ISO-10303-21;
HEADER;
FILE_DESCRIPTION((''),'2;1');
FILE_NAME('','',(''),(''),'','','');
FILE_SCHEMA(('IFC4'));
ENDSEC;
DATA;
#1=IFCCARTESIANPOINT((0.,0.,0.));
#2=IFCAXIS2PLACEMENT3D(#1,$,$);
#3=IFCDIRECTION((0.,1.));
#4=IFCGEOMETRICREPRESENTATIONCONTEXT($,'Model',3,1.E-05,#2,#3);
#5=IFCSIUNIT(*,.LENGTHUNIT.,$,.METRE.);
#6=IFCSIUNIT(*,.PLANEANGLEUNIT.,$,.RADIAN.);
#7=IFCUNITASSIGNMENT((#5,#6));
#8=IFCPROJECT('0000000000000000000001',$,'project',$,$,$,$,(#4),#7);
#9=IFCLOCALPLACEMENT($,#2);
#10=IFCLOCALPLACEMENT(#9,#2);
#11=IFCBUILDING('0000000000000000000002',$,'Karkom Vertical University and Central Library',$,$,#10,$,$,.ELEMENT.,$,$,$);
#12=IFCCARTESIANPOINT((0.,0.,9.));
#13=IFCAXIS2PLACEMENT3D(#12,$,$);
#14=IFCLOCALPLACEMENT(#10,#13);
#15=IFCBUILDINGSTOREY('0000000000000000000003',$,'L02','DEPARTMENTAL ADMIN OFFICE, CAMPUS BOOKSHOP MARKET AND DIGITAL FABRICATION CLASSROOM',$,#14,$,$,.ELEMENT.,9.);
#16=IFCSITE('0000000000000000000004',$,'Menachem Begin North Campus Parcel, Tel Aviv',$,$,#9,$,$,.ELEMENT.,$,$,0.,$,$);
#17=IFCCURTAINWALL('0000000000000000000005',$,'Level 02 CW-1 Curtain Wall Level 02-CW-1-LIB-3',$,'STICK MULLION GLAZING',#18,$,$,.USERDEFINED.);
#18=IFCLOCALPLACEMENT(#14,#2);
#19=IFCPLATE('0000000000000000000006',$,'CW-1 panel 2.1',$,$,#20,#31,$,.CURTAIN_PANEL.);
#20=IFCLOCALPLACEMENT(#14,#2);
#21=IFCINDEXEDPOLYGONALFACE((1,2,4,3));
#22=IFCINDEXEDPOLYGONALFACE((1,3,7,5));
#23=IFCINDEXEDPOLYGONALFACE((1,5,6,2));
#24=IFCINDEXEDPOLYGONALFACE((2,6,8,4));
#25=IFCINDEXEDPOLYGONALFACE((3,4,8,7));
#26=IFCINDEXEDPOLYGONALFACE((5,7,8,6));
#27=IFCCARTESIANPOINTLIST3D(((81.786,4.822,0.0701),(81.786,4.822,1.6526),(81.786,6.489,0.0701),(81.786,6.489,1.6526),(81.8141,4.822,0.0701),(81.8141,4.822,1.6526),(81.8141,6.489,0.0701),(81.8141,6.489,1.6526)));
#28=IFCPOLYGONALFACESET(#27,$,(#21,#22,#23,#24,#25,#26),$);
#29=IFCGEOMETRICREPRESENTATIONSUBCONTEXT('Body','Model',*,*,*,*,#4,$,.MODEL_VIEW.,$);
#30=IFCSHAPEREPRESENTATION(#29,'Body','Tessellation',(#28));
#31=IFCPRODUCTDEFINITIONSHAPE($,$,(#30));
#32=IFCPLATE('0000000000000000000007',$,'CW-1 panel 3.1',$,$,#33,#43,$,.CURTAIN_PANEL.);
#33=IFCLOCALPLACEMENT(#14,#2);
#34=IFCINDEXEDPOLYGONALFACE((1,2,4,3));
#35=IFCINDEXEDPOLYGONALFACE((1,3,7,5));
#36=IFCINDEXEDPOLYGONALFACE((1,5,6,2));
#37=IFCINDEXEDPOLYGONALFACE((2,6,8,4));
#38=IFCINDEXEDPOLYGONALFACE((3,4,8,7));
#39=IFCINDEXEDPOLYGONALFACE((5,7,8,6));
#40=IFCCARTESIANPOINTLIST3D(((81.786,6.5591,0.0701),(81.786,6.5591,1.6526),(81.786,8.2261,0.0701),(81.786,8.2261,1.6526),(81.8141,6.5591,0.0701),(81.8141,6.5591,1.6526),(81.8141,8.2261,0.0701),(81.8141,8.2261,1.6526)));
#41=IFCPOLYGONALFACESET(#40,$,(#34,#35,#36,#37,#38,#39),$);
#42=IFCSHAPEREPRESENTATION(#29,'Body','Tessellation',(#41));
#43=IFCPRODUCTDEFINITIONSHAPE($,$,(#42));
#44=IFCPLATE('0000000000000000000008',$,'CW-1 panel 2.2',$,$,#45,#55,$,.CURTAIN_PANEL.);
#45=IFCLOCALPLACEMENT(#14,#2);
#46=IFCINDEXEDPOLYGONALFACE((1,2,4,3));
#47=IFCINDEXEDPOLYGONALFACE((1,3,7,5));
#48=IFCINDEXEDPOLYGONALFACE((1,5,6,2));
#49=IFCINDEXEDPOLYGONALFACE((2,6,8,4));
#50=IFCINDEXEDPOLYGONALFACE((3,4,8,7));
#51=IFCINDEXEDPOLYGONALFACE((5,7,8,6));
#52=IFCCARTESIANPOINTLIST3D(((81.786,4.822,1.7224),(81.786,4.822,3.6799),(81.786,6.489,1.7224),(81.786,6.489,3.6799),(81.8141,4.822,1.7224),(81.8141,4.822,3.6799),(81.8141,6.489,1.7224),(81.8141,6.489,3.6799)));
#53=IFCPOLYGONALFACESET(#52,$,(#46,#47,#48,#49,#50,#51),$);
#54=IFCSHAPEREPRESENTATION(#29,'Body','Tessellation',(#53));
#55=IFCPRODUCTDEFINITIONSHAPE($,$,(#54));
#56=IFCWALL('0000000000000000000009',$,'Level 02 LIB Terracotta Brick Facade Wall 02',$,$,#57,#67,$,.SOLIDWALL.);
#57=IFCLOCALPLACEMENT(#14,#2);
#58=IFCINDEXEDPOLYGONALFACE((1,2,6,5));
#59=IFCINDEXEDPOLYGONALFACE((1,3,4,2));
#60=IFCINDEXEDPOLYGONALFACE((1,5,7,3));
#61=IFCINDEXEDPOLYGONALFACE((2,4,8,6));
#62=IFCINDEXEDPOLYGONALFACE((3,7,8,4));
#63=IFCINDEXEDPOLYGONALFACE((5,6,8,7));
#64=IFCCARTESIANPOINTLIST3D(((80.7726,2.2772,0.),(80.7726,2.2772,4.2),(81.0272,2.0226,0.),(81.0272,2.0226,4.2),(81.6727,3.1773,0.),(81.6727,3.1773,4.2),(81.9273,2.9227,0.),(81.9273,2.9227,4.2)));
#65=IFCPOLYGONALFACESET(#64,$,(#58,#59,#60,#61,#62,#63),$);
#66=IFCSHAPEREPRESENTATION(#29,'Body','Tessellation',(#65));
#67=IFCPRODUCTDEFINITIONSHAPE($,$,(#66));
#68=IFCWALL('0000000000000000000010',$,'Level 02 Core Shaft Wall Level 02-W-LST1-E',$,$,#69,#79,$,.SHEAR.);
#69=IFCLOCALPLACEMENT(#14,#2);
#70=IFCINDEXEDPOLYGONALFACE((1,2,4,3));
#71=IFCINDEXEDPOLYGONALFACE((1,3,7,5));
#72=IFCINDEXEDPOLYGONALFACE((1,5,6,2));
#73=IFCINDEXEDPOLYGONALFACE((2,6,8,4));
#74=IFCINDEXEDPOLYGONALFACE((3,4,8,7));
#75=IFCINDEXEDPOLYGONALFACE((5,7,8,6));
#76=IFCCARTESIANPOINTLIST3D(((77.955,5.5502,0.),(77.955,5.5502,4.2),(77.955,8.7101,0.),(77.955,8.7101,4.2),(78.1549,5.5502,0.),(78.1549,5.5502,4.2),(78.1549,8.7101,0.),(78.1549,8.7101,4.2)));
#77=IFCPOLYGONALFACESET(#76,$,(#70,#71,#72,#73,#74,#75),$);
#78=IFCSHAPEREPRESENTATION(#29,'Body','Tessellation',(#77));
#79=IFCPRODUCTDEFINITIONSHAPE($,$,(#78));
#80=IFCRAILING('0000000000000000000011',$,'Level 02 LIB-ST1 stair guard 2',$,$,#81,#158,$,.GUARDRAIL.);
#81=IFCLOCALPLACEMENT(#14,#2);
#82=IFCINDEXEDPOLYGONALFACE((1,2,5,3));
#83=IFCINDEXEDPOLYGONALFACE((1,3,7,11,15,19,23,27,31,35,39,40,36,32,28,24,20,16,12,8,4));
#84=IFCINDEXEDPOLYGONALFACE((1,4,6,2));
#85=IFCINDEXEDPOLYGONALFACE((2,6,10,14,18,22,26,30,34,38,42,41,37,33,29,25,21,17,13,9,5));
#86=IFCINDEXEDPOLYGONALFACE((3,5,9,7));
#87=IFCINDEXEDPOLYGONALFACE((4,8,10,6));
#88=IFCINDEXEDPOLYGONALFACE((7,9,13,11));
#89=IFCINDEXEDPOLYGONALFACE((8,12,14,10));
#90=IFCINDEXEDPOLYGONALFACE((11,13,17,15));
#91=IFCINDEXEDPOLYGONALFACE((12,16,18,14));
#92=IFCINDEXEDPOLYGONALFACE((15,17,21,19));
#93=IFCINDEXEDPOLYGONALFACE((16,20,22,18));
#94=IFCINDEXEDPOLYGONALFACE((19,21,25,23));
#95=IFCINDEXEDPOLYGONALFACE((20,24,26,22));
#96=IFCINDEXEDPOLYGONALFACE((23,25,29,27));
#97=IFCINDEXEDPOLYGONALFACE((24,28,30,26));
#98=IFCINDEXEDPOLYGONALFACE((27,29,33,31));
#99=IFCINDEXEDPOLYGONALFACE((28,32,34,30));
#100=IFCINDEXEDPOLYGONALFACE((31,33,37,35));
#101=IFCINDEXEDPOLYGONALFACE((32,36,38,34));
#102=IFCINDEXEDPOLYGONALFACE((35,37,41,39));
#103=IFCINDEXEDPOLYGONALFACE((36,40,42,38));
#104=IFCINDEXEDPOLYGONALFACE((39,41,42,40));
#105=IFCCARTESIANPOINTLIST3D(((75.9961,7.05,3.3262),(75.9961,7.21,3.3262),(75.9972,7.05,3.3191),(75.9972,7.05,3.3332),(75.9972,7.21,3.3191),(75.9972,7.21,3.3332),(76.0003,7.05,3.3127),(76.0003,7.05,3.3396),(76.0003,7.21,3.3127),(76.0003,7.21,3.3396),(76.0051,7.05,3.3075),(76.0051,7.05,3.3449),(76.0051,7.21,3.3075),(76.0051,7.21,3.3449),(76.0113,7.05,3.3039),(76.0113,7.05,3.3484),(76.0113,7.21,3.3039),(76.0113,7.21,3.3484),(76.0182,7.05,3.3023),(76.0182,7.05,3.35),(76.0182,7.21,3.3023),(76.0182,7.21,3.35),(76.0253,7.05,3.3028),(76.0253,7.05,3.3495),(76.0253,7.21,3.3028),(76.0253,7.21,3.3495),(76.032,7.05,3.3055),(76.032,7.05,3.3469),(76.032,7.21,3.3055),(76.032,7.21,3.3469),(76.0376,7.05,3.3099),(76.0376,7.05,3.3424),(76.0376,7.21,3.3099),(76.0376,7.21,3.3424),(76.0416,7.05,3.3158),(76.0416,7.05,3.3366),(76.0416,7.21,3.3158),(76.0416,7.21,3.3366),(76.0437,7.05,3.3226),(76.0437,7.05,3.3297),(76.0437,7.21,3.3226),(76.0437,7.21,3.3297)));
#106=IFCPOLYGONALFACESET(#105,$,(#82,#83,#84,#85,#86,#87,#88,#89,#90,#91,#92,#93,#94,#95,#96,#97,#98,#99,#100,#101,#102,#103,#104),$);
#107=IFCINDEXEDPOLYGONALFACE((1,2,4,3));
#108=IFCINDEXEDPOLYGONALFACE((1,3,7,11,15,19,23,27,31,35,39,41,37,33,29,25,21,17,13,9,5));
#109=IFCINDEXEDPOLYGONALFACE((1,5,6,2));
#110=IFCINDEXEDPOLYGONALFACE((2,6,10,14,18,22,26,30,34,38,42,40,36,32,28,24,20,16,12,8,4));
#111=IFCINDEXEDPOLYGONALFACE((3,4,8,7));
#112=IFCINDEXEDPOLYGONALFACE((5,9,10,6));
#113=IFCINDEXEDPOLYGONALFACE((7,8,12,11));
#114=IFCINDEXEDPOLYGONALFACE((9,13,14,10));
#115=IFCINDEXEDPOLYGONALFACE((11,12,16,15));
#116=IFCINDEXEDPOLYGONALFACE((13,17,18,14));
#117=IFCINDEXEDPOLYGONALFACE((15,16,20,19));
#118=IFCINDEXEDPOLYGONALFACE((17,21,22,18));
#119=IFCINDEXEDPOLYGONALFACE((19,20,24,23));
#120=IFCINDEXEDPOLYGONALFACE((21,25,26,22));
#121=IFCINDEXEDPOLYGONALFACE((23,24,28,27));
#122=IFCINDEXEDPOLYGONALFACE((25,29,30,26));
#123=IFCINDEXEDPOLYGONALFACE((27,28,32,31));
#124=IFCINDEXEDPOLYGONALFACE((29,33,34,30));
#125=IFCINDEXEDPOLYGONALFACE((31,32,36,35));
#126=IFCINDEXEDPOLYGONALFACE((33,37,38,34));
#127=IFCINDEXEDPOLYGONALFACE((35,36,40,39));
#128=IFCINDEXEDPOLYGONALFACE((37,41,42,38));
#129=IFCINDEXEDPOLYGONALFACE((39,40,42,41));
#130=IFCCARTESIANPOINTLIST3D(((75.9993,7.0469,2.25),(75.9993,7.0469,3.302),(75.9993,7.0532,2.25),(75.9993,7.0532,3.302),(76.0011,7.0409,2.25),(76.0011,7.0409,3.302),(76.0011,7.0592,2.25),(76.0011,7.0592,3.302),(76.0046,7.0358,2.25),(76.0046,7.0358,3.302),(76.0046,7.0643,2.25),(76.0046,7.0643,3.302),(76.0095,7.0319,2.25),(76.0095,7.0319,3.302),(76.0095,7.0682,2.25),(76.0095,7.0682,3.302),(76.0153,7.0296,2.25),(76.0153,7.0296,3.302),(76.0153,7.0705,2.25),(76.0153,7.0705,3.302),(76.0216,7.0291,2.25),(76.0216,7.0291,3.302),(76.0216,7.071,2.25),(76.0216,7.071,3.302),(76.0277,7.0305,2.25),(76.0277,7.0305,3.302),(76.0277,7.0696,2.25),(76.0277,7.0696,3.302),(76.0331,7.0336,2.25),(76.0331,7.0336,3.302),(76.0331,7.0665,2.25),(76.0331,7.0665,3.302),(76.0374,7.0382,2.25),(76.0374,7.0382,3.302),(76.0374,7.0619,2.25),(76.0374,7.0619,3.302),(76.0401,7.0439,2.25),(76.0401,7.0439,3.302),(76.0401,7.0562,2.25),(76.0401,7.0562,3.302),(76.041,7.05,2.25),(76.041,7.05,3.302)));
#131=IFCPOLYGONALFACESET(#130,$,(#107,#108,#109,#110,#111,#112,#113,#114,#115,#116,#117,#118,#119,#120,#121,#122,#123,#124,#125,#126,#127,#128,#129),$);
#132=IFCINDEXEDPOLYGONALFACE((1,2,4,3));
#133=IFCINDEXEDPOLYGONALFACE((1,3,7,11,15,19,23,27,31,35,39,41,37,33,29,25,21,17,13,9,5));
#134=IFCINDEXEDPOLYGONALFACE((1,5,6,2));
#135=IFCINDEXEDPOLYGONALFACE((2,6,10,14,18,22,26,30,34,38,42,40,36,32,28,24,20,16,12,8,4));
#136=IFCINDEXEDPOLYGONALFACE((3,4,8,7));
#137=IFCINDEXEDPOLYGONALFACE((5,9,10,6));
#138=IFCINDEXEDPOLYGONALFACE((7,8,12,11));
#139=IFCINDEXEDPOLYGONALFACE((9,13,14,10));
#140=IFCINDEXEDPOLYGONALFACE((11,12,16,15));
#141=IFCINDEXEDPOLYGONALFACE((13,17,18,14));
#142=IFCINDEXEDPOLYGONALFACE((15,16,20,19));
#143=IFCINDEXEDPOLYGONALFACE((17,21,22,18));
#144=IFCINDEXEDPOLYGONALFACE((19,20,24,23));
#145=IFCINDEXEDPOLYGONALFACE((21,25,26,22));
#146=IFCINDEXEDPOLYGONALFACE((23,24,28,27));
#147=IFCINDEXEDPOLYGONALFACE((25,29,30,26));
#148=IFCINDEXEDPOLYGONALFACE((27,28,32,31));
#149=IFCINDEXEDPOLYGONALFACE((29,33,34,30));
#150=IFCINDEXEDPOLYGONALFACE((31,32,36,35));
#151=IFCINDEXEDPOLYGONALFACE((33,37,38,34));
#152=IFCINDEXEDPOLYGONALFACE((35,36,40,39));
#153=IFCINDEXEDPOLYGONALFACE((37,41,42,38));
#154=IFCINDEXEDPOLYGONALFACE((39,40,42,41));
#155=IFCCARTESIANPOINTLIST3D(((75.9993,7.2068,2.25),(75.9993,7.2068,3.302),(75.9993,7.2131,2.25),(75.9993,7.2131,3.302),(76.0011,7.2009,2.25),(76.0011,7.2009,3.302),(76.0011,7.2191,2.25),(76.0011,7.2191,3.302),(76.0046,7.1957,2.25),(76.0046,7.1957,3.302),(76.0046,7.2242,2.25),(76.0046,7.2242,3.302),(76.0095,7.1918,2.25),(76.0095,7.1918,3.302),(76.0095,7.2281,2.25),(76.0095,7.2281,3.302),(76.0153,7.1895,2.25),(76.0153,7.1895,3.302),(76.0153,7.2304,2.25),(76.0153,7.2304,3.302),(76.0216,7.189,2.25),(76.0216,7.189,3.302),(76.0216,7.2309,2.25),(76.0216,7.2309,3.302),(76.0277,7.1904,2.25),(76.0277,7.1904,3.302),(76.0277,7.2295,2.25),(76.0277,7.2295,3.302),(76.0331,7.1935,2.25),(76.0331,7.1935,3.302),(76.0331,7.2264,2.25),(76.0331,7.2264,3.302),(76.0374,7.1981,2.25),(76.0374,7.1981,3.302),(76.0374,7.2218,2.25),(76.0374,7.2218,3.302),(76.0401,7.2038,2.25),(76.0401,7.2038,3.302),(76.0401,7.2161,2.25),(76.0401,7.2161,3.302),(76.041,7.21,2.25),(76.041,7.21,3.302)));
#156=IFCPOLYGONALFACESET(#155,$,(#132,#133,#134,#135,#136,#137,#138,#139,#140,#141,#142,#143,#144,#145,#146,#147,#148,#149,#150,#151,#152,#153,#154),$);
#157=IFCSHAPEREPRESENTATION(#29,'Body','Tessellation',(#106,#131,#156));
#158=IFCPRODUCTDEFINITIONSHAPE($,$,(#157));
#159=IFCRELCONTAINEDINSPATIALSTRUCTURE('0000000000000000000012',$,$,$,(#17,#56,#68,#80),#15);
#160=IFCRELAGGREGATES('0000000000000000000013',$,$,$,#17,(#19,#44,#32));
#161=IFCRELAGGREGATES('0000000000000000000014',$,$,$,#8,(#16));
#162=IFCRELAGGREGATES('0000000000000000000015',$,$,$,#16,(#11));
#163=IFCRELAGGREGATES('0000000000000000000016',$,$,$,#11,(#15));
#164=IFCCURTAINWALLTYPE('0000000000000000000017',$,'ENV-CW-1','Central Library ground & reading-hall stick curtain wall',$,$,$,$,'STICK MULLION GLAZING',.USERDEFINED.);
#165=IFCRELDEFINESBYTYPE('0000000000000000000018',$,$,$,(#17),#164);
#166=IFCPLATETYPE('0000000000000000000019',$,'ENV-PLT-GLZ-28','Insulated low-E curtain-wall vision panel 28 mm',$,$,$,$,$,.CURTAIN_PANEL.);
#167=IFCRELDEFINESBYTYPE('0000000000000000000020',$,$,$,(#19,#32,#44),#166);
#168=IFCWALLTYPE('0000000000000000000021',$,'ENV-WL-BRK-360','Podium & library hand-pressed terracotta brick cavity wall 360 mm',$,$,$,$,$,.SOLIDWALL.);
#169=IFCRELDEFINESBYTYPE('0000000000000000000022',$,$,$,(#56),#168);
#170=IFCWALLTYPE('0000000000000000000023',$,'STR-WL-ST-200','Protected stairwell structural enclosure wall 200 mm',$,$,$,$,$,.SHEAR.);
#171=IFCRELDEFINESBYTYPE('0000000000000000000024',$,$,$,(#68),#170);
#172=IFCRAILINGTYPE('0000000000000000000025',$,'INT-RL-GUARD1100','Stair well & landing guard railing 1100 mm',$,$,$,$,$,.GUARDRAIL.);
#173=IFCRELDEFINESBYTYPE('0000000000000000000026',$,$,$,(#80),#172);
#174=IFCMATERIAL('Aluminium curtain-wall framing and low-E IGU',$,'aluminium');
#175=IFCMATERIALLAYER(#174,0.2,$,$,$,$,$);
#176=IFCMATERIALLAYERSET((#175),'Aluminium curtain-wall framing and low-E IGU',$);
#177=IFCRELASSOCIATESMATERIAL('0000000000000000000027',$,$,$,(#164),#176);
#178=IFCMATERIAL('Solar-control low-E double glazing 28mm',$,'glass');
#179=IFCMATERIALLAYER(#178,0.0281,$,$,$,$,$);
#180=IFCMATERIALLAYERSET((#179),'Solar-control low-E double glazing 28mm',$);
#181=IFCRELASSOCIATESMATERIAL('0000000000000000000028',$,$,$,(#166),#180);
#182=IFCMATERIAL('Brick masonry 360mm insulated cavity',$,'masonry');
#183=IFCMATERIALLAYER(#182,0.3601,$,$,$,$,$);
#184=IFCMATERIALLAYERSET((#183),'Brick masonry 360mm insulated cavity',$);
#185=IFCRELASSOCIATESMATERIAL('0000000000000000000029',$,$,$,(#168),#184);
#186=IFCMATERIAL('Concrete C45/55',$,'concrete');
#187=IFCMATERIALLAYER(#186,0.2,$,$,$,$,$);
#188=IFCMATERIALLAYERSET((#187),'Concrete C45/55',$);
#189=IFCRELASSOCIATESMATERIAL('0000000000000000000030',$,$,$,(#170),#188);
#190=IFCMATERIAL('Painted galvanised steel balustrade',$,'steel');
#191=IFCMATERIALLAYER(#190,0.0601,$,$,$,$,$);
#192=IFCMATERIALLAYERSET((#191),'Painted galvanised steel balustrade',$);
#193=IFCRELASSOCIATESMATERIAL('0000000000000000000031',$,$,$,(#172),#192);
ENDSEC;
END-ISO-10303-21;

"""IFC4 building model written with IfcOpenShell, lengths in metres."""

from ifc_helpers import new_model, si_unit, direction, frame, frame_2d, origin, origin_with_axes, origin_2d, place, context, subcontext, project, spatial, rectangle, circle, extrude, source, transform, mapped, material, layer, layer_set, type_object, element, aggregate, save


model = new_model("IFC4")

# Units and contexts
model_context = context("Model", 3, precision=1e-05, world=origin(), true_north=direction((0.0, 1.0)))
body_context = subcontext(model_context, "Body", "Model", "MODEL_VIEW")
ifc_project = project(units=[si_unit("LENGTHUNIT", "METRE"), si_unit("PLANEANGLEUNIT", "RADIAN")], contexts=[model_context])

# Site, building, storey
site_placement = place(None, origin())
site = spatial("IfcSite", under=ifc_project, at=site_placement, Name="Menachem Begin North Campus Parcel, Tel Aviv", CompositionType="ELEMENT", RefElevation=0.0)
building_placement = place(site_placement, origin())
building = spatial("IfcBuilding", under=site, at=building_placement, Name="Karkom Vertical University and Central Library", CompositionType="ELEMENT")
storey_placement = place(building_placement, frame((0.0, 0.0, 9.0)))
storey = spatial("IfcBuildingStorey", under=building, at=storey_placement, Name="L02", Description="DEPARTMENTAL ADMIN OFFICE, CAMPUS BOOKSHOP MARKET AND DIGITAL FABRICATION CLASSROOM", CompositionType="ELEMENT", Elevation=9.0)

# Shared definitions
ifc_material_1 = material(Name="Concrete C45/55", Category="concrete")

# Curtain wall, plates
ifc_material_2 = material(Name="Aluminium curtain-wall framing and low-E IGU", Category="aluminium")
ifc_layer_1 = layer(ifc_material_2, 0.2)
ifc_layer_set_1 = layer_set([ifc_layer_1], Name="Aluminium curtain-wall framing and low-E IGU")
curtain_wall_type = type_object("IfcCurtainWallType", Name="ENV-CW-1", Description="Central Library ground & reading-hall stick curtain wall", ElementType="STICK MULLION GLAZING", PredefinedType="USERDEFINED", material=ifc_layer_set_1)
curtain_wall_placement = place(storey_placement, origin())
curtain_wall = element("IfcCurtainWall", 1, at=curtain_wall_placement, inside=storey, type_object=curtain_wall_type, Name="Level 02 CW-1 Curtain Wall Level 02-CW-1-LIB-3", ObjectType="STICK MULLION GLAZING", PredefinedType="USERDEFINED")
ifc_material_3 = material(Name="Solar-control low-E double glazing 28mm", Category="glass")
ifc_layer_2 = layer(ifc_material_3, 0.0281)
ifc_layer_set_2 = layer_set([ifc_layer_2], Name="Solar-control low-E double glazing 28mm")
plate_type = type_object("IfcPlateType", Name="ENV-PLT-GLZ-28", Description="Insulated low-E curtain-wall vision panel 28 mm", PredefinedType="CURTAIN_PANEL", material=ifc_layer_set_2)
shared_shape_1 = source(origin_with_axes(), body_context, "Body", "SweptSolid", [
    extrude(rectangle(XDim=1.667, YDim=0.0281, at=origin_2d()), origin(), (0.0, 0.0, 1.0), 1.5825),
])
plate_1_placement = place(storey_placement, frame((81.8, 5.6555, 0.0701), z_axis=(0.0, 0.0, 1.0), x_axis=(0.0, 1.0, 0.0)))
plate_1 = element("IfcPlate", 2, at=plate_1_placement, type_object=plate_type, Name="CW-1 panel 2.1", PredefinedType="CURTAIN_PANEL", context=body_context, shape_type="MappedRepresentation", body=[
    mapped(shared_shape_1, transform((0.0, 0.0, 0.0), scale=1.0)),
])
plate_2_placement = place(storey_placement, frame((81.8, 7.3926, 0.0701), z_axis=(0.0, 0.0, 1.0), x_axis=(0.0, 1.0, 0.0)))
plate_2 = element("IfcPlate", 3, at=plate_2_placement, type_object=plate_type, Name="CW-1 panel 3.1", PredefinedType="CURTAIN_PANEL", context=body_context, shape_type="MappedRepresentation", body=[
    mapped(shared_shape_1, transform((0.0, 0.0, 0.0), scale=1.0)),
])
shared_shape_2 = source(origin_with_axes(), body_context, "Body", "SweptSolid", [
    extrude(rectangle(XDim=1.667, YDim=0.0281, at=origin_2d()), origin(), (0.0, 0.0, 1.0), 1.9575),
])
plate_3_placement = place(storey_placement, frame((81.8, 5.6555, 1.7224), z_axis=(0.0, 0.0, 1.0), x_axis=(0.0, 1.0, 0.0)))
plate_3 = element("IfcPlate", 4, at=plate_3_placement, type_object=plate_type, Name="CW-1 panel 2.2", PredefinedType="CURTAIN_PANEL", context=body_context, shape_type="MappedRepresentation", body=[
    mapped(shared_shape_2, transform((0.0, 0.0, 0.0), scale=1.0)),
])
aggregate(curtain_wall, [plate_1, plate_3, plate_2])

# Walls
ifc_material_4 = material(Name="Brick masonry 360mm insulated cavity", Category="masonry")
ifc_layer_3 = layer(ifc_material_4, 0.3601)
ifc_layer_set_3 = layer_set([ifc_layer_3], Name="Brick masonry 360mm insulated cavity")
wall_type_1 = type_object("IfcWallType", Name="ENV-WL-BRK-360", Description="Podium & library hand-pressed terracotta brick cavity wall 360 mm", PredefinedType="SOLIDWALL", material=ifc_layer_set_3)
wall_1_placement = place(storey_placement, frame((80.8999, 2.1499, 0.0), z_axis=(0.0, 0.0, 1.0), x_axis=(0.707107, 0.707107, 0.0)))
element("IfcWall", 5, at=wall_1_placement, inside=storey, type_object=wall_type_1, Name="Level 02 LIB Terracotta Brick Facade Wall 02", PredefinedType="SOLIDWALL", context=body_context, shape_type="SweptSolid", body=[
    extrude(rectangle(XDim=1.2729, YDim=0.3601, at=frame_2d((0.6365, 0.0))), origin(), (0.0, 0.0, 1.0), 4.2),
])
ifc_layer_4 = layer(ifc_material_1, 0.2)
ifc_layer_set_4 = layer_set([ifc_layer_4], Name="Concrete C45/55")
wall_type_2 = type_object("IfcWallType", Name="STR-WL-ST-200", Description="Protected stairwell structural enclosure wall 200 mm", PredefinedType="SHEAR", material=ifc_layer_set_4)
wall_2_placement = place(storey_placement, frame((78.0549, 5.55, 0.0), z_axis=(0.0, 0.0, 1.0), x_axis=(0.0, 1.0, 0.0)))
element("IfcWall", 6, at=wall_2_placement, inside=storey, type_object=wall_type_2, Name="Level 02 Core Shaft Wall Level 02-W-LST1-E", PredefinedType="SHEAR", context=body_context, shape_type="SweptSolid", body=[
    extrude(rectangle(XDim=3.1599, YDim=0.2, at=frame_2d((1.5801, 0.0))), origin(), (0.0, 0.0, 1.0), 4.2),
])

# Railing
ifc_material_5 = material(Name="Painted galvanised steel balustrade", Category="steel")
ifc_layer_5 = layer(ifc_material_5, 0.0601)
ifc_layer_set_5 = layer_set([ifc_layer_5], Name="Painted galvanised steel balustrade")
railing_type = type_object("IfcRailingType", Name="INT-RL-GUARD1100", Description="Stair well & landing guard railing 1100 mm", PredefinedType="GUARDRAIL", material=ifc_layer_set_5)
railing_1_placement = place(storey_placement, frame((76.02, 7.05, 2.25)))
element("IfcRailing", 7, at=railing_1_placement, inside=storey, type_object=railing_type, Name="Level 02 LIB-ST1 stair guard 2", PredefinedType="GUARDRAIL", context=body_context, shape_type="SweptSolid", body=[
    extrude(circle(Radius=0.0239, at=origin_2d()), frame((0.0, 0.0, 1.0762), z_axis=(0.0, 1.0, 0.0), x_axis=(-1.0, 0.0, 0.0)), (0.0, 0.0, 1.0), 0.1599),
    extrude(circle(Radius=0.021, at=origin_2d()), origin(), (0.0, 0.0, 1.0), 1.052),
    extrude(circle(Radius=0.021, at=origin_2d()), frame((0.0, 0.1599, 0.0)), (0.0, 0.0, 1.0), 1.052),
])

save(model, "model.ifc")
